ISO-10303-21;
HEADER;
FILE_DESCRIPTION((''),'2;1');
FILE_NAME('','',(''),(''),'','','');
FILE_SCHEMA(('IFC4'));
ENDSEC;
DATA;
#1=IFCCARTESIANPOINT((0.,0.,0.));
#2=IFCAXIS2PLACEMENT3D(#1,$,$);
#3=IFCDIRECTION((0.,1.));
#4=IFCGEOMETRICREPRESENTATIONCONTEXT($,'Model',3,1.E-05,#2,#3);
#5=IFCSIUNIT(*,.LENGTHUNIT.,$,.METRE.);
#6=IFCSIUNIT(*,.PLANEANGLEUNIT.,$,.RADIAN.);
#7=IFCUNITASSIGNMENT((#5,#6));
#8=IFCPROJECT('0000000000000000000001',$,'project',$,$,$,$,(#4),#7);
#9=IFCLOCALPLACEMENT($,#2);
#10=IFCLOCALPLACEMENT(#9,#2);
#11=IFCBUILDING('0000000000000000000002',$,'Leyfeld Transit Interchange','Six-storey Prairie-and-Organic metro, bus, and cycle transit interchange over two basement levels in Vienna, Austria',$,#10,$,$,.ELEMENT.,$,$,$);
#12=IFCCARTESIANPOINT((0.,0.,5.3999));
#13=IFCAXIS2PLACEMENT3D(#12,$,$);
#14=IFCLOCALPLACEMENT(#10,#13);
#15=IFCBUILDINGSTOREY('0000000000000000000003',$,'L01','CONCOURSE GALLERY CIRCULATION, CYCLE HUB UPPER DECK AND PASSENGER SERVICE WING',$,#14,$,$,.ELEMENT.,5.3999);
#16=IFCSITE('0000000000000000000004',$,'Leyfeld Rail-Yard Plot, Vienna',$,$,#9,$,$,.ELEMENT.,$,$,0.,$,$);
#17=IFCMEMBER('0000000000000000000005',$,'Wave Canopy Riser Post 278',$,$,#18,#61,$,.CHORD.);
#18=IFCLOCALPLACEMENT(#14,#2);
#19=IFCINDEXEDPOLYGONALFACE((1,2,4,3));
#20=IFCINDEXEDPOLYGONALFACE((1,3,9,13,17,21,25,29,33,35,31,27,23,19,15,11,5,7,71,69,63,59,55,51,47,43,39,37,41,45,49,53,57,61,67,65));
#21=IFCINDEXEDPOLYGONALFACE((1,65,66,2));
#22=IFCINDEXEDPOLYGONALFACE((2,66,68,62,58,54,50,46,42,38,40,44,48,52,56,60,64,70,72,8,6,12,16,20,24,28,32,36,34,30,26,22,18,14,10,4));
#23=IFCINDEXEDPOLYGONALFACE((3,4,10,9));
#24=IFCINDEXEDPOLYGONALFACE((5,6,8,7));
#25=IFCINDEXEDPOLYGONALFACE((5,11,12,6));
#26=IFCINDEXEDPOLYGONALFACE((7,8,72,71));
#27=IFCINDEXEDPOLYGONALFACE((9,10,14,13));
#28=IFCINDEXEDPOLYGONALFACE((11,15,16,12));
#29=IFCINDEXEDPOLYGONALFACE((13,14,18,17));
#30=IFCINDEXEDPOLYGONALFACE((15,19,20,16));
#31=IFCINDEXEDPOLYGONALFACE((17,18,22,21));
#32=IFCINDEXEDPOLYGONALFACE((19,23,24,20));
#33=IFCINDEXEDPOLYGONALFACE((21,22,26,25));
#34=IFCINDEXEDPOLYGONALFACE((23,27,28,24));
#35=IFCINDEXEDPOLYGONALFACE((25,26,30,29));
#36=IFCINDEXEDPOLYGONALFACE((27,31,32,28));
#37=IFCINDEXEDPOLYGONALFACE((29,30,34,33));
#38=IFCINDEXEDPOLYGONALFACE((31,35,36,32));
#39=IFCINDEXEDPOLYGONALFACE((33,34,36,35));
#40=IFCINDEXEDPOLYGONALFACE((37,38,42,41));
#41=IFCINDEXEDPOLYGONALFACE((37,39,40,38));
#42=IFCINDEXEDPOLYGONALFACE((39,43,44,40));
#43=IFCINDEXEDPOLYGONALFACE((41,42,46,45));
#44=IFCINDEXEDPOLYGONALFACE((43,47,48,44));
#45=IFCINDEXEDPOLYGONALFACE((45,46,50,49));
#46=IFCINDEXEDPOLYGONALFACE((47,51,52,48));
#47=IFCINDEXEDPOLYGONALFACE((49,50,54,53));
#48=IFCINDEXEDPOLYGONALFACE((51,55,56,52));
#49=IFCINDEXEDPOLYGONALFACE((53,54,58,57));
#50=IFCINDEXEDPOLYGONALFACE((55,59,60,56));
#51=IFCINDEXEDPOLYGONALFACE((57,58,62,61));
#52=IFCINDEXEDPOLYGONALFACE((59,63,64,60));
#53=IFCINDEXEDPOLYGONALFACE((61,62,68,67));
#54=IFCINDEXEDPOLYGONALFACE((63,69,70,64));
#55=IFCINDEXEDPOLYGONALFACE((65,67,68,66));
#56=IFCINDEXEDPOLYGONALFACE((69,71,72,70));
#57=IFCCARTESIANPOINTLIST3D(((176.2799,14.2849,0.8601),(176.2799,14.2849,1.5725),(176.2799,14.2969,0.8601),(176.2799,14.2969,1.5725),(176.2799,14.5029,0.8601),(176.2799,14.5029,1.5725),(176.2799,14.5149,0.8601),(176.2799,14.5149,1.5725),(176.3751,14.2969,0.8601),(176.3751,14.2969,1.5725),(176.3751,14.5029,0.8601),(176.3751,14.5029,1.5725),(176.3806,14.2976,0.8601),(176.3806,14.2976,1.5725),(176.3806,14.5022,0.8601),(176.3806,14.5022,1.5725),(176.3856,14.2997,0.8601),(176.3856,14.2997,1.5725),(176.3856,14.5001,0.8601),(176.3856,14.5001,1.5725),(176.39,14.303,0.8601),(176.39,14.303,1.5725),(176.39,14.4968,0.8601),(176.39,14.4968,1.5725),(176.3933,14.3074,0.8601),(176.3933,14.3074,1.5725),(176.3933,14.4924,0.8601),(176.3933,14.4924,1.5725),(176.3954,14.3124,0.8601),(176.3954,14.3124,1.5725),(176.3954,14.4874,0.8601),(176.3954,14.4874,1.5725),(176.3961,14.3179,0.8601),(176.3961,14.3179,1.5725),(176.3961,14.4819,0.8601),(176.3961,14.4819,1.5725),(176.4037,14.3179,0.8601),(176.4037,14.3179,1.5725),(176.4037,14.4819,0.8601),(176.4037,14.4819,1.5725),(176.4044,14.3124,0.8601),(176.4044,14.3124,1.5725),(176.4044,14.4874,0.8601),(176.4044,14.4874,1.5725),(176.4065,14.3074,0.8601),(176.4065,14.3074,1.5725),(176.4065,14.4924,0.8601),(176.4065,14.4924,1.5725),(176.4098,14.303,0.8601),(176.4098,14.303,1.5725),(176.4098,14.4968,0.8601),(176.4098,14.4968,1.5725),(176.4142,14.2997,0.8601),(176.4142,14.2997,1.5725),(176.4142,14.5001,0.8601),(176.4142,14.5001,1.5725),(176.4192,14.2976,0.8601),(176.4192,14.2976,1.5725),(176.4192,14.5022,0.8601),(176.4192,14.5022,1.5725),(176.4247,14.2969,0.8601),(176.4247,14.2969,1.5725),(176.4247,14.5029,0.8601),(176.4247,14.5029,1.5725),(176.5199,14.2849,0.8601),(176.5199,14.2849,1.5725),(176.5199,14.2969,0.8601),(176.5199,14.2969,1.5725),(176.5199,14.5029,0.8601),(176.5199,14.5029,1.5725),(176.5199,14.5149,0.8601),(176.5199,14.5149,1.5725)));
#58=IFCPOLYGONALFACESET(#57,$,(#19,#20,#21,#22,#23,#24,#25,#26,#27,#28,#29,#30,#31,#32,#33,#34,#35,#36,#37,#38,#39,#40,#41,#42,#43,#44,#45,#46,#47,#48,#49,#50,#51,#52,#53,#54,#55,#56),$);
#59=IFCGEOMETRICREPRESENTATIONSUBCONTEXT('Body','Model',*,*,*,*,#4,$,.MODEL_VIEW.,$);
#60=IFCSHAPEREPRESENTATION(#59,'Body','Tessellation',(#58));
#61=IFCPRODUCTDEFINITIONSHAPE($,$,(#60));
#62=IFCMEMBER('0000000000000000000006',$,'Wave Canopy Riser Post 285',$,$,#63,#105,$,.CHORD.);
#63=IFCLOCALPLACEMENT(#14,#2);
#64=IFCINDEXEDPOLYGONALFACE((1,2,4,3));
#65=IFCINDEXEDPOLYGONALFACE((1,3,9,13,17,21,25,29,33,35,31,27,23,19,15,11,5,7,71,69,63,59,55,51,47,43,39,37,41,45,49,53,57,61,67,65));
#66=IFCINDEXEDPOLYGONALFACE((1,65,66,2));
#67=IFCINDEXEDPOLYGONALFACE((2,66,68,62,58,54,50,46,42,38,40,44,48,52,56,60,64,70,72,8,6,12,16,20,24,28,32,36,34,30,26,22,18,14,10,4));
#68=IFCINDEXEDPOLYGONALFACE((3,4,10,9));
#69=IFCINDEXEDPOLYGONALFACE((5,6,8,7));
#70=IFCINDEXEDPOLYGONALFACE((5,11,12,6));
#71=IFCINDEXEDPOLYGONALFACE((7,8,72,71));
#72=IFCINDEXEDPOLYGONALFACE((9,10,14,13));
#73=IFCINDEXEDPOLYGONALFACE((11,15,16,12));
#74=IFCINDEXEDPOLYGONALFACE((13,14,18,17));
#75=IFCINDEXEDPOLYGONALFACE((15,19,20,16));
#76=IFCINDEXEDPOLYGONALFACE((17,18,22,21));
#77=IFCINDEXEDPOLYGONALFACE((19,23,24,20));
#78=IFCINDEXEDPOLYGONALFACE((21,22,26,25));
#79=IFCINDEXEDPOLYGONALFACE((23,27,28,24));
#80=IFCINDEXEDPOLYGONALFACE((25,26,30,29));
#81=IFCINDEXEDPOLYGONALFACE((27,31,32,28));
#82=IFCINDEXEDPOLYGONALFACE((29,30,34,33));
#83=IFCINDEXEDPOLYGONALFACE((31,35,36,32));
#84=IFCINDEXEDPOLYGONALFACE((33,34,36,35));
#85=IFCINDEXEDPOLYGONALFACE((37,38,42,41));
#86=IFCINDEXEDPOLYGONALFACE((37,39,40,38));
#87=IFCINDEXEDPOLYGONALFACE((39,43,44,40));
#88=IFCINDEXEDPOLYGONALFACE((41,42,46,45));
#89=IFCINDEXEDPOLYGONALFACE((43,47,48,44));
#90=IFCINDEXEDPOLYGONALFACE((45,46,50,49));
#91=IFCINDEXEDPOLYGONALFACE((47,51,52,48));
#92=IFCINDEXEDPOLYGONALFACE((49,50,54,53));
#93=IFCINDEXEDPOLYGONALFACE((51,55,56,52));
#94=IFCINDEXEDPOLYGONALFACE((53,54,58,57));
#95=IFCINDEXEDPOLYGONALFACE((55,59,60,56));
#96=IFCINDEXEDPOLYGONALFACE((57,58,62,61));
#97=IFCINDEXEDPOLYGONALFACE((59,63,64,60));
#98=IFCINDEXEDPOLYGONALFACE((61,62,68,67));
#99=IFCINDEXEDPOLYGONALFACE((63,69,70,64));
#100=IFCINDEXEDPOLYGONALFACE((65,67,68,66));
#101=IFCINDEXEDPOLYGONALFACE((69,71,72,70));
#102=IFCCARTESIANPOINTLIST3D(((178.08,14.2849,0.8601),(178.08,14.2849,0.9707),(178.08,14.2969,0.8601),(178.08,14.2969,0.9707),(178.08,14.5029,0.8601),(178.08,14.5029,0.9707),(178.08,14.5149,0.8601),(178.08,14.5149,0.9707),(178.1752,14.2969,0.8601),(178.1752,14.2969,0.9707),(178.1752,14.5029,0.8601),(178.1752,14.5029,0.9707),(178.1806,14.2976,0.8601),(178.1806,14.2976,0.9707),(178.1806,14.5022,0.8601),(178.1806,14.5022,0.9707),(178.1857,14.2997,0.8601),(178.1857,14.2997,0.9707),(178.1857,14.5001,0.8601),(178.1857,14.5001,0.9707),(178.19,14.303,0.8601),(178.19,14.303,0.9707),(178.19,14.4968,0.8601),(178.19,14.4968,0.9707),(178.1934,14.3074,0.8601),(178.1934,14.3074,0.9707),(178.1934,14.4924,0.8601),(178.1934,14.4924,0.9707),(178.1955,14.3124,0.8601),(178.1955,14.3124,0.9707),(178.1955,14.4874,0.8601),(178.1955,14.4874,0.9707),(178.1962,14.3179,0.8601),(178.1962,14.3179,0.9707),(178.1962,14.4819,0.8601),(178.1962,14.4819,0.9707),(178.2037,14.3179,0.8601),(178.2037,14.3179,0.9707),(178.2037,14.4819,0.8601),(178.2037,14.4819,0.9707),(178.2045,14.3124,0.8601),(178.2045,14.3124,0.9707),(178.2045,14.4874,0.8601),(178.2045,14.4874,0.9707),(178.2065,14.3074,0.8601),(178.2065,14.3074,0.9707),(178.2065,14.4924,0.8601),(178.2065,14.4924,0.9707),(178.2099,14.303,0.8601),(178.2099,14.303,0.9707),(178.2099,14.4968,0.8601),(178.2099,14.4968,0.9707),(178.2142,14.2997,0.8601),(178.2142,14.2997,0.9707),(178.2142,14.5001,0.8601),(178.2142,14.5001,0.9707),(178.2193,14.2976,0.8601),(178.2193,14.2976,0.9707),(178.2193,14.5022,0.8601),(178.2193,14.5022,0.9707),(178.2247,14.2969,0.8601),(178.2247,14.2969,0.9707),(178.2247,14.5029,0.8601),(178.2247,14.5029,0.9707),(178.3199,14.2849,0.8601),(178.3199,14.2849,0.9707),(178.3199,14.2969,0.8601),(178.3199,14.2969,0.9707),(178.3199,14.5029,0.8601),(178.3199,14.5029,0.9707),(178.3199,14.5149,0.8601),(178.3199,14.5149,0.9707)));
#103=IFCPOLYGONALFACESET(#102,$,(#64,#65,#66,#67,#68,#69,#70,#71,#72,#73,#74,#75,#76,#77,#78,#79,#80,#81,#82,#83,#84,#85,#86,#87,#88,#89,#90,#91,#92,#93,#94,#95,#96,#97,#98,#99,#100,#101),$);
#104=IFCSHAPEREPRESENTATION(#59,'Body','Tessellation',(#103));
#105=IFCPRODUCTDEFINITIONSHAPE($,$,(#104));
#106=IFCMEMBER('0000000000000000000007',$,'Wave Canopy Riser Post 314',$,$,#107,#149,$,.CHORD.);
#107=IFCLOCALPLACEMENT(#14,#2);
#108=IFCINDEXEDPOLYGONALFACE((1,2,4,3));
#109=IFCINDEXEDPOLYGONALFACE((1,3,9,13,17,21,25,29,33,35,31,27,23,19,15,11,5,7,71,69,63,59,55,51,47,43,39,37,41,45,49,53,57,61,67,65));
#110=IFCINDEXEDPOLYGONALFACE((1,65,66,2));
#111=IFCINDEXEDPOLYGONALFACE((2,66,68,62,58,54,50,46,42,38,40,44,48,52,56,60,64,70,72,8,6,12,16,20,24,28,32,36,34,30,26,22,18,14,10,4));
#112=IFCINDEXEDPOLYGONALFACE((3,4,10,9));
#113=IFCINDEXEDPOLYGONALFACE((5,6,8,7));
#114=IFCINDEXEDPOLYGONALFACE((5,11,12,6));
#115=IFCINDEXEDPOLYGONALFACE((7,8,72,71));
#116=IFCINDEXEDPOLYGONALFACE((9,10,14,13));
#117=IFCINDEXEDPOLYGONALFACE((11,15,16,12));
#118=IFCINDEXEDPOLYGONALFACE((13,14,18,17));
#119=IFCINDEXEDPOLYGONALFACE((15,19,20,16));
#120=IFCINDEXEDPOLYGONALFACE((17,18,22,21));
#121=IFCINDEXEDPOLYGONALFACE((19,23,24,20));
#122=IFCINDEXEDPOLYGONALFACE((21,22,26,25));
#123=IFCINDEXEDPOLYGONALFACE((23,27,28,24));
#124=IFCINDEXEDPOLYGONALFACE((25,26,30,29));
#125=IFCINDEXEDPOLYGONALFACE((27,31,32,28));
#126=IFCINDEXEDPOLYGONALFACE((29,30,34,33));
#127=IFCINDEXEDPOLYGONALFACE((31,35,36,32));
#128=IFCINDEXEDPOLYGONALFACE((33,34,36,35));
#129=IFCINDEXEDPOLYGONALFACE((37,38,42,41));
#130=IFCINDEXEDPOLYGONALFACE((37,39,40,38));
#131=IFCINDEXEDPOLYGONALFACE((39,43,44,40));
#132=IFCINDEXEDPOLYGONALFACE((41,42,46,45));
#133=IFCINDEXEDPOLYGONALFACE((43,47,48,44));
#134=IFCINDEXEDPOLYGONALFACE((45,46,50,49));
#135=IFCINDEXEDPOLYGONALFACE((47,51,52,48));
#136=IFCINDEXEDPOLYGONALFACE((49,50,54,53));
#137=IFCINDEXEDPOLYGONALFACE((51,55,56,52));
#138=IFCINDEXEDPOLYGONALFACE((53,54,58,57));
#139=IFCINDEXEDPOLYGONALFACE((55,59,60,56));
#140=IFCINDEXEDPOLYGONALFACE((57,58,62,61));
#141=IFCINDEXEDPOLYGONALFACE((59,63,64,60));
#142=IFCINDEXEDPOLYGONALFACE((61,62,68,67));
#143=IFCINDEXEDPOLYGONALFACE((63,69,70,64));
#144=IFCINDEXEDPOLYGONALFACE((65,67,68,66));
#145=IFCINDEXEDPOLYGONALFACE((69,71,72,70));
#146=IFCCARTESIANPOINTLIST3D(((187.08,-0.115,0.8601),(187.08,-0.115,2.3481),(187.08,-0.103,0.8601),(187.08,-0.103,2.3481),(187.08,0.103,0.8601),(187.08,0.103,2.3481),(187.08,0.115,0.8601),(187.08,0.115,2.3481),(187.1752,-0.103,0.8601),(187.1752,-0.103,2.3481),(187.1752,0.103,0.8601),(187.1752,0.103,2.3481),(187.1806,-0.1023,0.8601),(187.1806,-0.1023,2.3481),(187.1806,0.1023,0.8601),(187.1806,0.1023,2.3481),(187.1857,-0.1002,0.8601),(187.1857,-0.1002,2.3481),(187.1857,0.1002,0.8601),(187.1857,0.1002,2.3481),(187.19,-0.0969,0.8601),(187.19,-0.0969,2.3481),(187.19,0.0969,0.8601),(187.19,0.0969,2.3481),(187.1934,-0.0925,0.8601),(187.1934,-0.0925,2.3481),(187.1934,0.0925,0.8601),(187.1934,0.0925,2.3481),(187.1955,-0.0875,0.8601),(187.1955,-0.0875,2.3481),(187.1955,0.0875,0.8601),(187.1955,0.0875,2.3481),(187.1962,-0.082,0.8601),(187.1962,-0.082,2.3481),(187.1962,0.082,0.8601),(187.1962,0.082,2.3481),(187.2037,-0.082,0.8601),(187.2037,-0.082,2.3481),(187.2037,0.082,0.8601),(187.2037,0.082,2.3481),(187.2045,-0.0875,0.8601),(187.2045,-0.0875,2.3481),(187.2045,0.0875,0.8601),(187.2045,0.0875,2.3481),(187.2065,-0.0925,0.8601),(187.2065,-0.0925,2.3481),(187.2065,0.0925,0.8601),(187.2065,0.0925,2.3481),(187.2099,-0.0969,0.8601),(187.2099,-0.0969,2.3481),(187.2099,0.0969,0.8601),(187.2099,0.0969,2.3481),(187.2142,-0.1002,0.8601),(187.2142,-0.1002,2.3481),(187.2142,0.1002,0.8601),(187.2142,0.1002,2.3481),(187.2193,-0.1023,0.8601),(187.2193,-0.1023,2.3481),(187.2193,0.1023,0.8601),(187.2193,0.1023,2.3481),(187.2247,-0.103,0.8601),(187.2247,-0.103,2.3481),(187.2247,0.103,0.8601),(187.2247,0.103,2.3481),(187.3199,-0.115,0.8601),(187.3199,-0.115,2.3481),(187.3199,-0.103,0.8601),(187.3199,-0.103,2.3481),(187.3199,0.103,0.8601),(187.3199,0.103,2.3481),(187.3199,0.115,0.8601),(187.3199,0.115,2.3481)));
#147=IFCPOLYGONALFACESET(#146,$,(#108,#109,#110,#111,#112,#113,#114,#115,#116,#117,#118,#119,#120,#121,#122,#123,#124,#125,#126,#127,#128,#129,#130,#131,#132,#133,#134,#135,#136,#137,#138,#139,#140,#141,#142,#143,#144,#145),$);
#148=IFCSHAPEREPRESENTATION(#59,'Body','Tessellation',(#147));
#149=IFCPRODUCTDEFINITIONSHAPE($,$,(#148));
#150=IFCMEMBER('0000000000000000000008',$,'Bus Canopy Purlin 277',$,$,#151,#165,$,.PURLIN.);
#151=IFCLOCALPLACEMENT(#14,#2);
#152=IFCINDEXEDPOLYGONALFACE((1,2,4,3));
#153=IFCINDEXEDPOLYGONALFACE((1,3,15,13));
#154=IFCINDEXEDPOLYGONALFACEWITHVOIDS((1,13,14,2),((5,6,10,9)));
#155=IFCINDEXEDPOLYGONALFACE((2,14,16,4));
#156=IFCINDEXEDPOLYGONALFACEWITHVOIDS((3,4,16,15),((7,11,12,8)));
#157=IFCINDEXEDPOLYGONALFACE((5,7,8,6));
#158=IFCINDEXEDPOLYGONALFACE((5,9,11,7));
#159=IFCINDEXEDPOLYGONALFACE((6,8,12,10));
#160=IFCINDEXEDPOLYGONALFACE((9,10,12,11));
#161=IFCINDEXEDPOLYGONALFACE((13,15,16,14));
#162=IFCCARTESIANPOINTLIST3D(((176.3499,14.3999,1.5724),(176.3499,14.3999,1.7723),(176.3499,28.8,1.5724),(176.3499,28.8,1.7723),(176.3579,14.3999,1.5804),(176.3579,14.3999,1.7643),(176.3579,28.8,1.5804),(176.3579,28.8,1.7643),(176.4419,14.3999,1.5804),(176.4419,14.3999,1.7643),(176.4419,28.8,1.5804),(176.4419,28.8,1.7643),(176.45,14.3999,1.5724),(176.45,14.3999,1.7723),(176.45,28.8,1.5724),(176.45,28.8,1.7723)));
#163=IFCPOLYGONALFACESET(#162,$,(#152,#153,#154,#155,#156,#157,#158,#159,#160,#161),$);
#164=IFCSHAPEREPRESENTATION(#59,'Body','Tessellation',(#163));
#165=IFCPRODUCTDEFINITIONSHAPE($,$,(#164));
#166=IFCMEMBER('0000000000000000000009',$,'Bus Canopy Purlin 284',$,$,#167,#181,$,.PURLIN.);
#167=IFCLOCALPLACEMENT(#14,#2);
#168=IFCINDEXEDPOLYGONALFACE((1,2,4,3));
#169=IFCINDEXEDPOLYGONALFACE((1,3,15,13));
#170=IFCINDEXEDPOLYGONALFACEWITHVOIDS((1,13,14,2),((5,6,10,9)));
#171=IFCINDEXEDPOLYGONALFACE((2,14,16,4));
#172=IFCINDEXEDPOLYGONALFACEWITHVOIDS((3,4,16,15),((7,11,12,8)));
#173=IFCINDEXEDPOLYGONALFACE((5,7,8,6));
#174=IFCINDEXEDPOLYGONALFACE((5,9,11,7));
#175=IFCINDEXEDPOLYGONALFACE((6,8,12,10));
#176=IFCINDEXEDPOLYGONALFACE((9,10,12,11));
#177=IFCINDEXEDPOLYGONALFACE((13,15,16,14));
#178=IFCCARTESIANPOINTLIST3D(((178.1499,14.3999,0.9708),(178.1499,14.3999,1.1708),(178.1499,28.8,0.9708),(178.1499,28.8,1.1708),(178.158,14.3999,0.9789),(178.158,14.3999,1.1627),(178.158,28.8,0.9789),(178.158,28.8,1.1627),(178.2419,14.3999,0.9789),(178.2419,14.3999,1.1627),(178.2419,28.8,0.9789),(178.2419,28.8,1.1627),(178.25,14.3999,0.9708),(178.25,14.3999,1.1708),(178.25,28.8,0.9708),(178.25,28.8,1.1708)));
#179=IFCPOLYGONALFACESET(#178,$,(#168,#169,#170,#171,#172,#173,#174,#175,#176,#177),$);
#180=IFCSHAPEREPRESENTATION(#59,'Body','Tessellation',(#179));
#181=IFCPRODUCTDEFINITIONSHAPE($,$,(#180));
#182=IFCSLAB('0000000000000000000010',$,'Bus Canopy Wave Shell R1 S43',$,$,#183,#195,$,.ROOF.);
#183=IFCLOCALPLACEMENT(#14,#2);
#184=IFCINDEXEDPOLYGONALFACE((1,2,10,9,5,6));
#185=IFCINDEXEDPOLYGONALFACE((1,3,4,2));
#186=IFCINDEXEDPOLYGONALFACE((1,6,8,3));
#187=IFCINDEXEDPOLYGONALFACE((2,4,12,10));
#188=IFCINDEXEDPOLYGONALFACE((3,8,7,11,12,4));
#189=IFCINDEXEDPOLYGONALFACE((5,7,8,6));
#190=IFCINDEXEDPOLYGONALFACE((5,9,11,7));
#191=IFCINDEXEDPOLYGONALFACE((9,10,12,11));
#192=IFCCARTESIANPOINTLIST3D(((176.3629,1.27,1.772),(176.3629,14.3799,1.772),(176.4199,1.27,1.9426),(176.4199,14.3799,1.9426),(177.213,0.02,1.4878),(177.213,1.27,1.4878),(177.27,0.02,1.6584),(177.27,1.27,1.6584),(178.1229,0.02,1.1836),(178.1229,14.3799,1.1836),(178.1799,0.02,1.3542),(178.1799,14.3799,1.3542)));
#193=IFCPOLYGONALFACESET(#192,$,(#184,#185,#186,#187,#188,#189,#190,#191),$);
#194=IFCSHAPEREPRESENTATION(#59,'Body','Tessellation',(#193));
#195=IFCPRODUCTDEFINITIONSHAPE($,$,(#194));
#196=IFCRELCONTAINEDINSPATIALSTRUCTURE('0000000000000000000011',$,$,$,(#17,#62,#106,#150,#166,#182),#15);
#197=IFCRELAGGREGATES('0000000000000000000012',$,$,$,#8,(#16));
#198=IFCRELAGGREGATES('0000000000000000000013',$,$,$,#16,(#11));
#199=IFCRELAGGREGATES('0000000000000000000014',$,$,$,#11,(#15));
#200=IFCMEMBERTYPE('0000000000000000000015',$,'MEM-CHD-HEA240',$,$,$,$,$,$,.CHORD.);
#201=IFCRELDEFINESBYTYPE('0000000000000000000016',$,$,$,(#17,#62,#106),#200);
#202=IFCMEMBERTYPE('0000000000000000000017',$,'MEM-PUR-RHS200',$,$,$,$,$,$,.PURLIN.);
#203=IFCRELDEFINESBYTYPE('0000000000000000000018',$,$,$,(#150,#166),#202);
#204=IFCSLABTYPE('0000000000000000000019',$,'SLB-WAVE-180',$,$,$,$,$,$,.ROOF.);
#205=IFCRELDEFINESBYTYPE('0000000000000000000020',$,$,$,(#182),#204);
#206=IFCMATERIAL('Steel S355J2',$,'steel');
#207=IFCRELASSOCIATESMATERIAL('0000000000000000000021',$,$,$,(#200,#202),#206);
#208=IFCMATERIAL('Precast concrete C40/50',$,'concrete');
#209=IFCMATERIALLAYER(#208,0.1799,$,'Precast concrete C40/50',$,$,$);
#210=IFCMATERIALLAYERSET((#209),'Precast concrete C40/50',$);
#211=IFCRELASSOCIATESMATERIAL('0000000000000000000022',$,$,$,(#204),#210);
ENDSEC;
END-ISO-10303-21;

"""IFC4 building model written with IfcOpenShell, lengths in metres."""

from ifc_helpers import new_model, si_unit, direction, frame, origin, origin_2d, place, context, subcontext, project, spatial, polyline, hollow_rectangle, i_section, outline, extrude, material, layer, layer_set, material_profile, profile_set, type_object, element, save


model = new_model("IFC4")

# Units and contexts
model_context = context("Model", 3, precision=1e-05, world=origin(), true_north=direction((0.0, 1.0)))
body_context = subcontext(model_context, "Body", "Model", "MODEL_VIEW")
ifc_project = project(units=[si_unit("LENGTHUNIT", "METRE"), si_unit("PLANEANGLEUNIT", "RADIAN")], contexts=[model_context])

# Site, building, storey
site_placement = place(None, origin())
site = spatial("IfcSite", under=ifc_project, at=site_placement, Name="Leyfeld Rail-Yard Plot, Vienna", CompositionType="ELEMENT", RefElevation=0.0)
building_placement = place(site_placement, origin())
building = spatial("IfcBuilding", under=site, at=building_placement, Name="Leyfeld Transit Interchange", Description="Six-storey Prairie-and-Organic metro, bus, and cycle transit interchange over two basement levels in Vienna, Austria", CompositionType="ELEMENT")
storey_placement = place(building_placement, frame((0.0, 0.0, 5.3999)))
storey = spatial("IfcBuildingStorey", under=building, at=storey_placement, Name="L01", Description="CONCOURSE GALLERY CIRCULATION, CYCLE HUB UPPER DECK AND PASSENGER SERVICE WING", CompositionType="ELEMENT", Elevation=5.3999)

# Members
ifc_material_1 = material(Name="Steel S355J2", Category="steel")
ifc_material_profile_1 = material_profile(ifc_material_1, i_section(OverallWidth=0.24, OverallDepth=0.23, WebThickness=0.0076, FlangeThickness=0.012, FilletRadius=0.021, at=origin_2d()), Name="HEA 240")
ifc_profile_set_1 = profile_set([ifc_material_profile_1], Name="Steel S355J2")
member_type_1 = type_object("IfcMemberType", Name="MEM-CHD-HEA240", PredefinedType="CHORD", material=ifc_profile_set_1)
member_1_placement = place(storey_placement, frame((176.3999, 14.3999, 0.8601), z_axis=(0.0, 0.0, 1.0), x_axis=(1.0, 0.0, 0.0)))
element("IfcMember", 1, at=member_1_placement, inside=storey, type_object=member_type_1, Name="Wave Canopy Riser Post 278", PredefinedType="CHORD", context=body_context, shape_type="SweptSolid", body=[
    extrude(i_section(OverallWidth=0.24, OverallDepth=0.23, WebThickness=0.0076, FlangeThickness=0.012, FilletRadius=0.021, at=origin_2d()), origin(), (0.0, 0.0, 1.0), 0.7124),
])
member_2_placement = place(storey_placement, frame((178.2, 14.3999, 0.8601), z_axis=(0.0, 0.0, 1.0), x_axis=(1.0, 0.0, 0.0)))
element("IfcMember", 2, at=member_2_placement, inside=storey, type_object=member_type_1, Name="Wave Canopy Riser Post 285", PredefinedType="CHORD", context=body_context, shape_type="SweptSolid", body=[
    extrude(i_section(OverallWidth=0.24, OverallDepth=0.23, WebThickness=0.0076, FlangeThickness=0.012, FilletRadius=0.021, at=origin_2d()), origin(), (0.0, 0.0, 1.0), 0.1106),
])
member_3_placement = place(storey_placement, frame((187.2, 0.0, 0.8601), z_axis=(0.0, 0.0, 1.0), x_axis=(1.0, 0.0, 0.0)))
element("IfcMember", 3, at=member_3_placement, inside=storey, type_object=member_type_1, Name="Wave Canopy Riser Post 314", PredefinedType="CHORD", context=body_context, shape_type="SweptSolid", body=[
    extrude(i_section(OverallWidth=0.24, OverallDepth=0.23, WebThickness=0.0076, FlangeThickness=0.012, FilletRadius=0.021, at=origin_2d()), origin(), (0.0, 0.0, 1.0), 1.488),
])
ifc_material_profile_2 = material_profile(ifc_material_1, hollow_rectangle(XDim=0.1001, YDim=0.2, WallThickness=0.0081, at=origin_2d()), Name="RHS 200x100x8")
ifc_profile_set_2 = profile_set([ifc_material_profile_2], Name="Steel S355J2")
member_type_2 = type_object("IfcMemberType", Name="MEM-PUR-RHS200", PredefinedType="PURLIN", material=ifc_profile_set_2)
for number, where, z_axis, x_axis, name in (
    (4, (176.3999, 14.3999, 1.6724), (0.0, 1.0, 0.0), (-1.0, 0.0, 0.0), "Bus Canopy Purlin 277"),
    (5, (178.2, 14.3999, 1.0708), (0.0, 1.0, 0.0), (-1.0, 0.0, 0.0), "Bus Canopy Purlin 284"),
):
    element("IfcMember", number, at=place(storey_placement, frame(where, z_axis=z_axis, x_axis=x_axis)), inside=storey, type_object=member_type_2, Name=name, PredefinedType="PURLIN", context=body_context, shape_type="SweptSolid", body=[
        extrude(hollow_rectangle(XDim=0.1001, YDim=0.2, WallThickness=0.0081, at=origin_2d()), origin(), (0.0, 0.0, 1.0), 14.4001),
    ])

# Slab
ifc_material_2 = material(Name="Precast concrete C40/50", Category="concrete")
ifc_layer = layer(ifc_material_2, 0.1799, Name="Precast concrete C40/50")
ifc_layer_set = layer_set([ifc_layer], Name="Precast concrete C40/50")
slab_type = type_object("IfcSlabType", Name="SLB-WAVE-180", PredefinedType="ROOF", material=ifc_layer_set)
slab_1_placement = place(storey_placement, frame((176.4199, 1.27, 1.9426), z_axis=(0.317057, 0.0, 0.948406), x_axis=(0.948406, 0.0, -0.317057)))
element("IfcSlab", 6, at=slab_1_placement, inside=storey, type_object=slab_type, Name="Bus Canopy Wave Shell R1 S43", PredefinedType="ROOF", context=body_context, shape_type="SweptSolid", body=[
    extrude(outline(polyline([(0.0, 0.0), (0.8963, 0.0), (0.8963, -1.25), (1.8558, -1.25), (1.8558, 13.1099), (0.0, 13.1099), (0.0, 0.0)])), origin(), (0.0, 0.0, -1.0), 0.1799),
])

save(model, "model.ifc")
